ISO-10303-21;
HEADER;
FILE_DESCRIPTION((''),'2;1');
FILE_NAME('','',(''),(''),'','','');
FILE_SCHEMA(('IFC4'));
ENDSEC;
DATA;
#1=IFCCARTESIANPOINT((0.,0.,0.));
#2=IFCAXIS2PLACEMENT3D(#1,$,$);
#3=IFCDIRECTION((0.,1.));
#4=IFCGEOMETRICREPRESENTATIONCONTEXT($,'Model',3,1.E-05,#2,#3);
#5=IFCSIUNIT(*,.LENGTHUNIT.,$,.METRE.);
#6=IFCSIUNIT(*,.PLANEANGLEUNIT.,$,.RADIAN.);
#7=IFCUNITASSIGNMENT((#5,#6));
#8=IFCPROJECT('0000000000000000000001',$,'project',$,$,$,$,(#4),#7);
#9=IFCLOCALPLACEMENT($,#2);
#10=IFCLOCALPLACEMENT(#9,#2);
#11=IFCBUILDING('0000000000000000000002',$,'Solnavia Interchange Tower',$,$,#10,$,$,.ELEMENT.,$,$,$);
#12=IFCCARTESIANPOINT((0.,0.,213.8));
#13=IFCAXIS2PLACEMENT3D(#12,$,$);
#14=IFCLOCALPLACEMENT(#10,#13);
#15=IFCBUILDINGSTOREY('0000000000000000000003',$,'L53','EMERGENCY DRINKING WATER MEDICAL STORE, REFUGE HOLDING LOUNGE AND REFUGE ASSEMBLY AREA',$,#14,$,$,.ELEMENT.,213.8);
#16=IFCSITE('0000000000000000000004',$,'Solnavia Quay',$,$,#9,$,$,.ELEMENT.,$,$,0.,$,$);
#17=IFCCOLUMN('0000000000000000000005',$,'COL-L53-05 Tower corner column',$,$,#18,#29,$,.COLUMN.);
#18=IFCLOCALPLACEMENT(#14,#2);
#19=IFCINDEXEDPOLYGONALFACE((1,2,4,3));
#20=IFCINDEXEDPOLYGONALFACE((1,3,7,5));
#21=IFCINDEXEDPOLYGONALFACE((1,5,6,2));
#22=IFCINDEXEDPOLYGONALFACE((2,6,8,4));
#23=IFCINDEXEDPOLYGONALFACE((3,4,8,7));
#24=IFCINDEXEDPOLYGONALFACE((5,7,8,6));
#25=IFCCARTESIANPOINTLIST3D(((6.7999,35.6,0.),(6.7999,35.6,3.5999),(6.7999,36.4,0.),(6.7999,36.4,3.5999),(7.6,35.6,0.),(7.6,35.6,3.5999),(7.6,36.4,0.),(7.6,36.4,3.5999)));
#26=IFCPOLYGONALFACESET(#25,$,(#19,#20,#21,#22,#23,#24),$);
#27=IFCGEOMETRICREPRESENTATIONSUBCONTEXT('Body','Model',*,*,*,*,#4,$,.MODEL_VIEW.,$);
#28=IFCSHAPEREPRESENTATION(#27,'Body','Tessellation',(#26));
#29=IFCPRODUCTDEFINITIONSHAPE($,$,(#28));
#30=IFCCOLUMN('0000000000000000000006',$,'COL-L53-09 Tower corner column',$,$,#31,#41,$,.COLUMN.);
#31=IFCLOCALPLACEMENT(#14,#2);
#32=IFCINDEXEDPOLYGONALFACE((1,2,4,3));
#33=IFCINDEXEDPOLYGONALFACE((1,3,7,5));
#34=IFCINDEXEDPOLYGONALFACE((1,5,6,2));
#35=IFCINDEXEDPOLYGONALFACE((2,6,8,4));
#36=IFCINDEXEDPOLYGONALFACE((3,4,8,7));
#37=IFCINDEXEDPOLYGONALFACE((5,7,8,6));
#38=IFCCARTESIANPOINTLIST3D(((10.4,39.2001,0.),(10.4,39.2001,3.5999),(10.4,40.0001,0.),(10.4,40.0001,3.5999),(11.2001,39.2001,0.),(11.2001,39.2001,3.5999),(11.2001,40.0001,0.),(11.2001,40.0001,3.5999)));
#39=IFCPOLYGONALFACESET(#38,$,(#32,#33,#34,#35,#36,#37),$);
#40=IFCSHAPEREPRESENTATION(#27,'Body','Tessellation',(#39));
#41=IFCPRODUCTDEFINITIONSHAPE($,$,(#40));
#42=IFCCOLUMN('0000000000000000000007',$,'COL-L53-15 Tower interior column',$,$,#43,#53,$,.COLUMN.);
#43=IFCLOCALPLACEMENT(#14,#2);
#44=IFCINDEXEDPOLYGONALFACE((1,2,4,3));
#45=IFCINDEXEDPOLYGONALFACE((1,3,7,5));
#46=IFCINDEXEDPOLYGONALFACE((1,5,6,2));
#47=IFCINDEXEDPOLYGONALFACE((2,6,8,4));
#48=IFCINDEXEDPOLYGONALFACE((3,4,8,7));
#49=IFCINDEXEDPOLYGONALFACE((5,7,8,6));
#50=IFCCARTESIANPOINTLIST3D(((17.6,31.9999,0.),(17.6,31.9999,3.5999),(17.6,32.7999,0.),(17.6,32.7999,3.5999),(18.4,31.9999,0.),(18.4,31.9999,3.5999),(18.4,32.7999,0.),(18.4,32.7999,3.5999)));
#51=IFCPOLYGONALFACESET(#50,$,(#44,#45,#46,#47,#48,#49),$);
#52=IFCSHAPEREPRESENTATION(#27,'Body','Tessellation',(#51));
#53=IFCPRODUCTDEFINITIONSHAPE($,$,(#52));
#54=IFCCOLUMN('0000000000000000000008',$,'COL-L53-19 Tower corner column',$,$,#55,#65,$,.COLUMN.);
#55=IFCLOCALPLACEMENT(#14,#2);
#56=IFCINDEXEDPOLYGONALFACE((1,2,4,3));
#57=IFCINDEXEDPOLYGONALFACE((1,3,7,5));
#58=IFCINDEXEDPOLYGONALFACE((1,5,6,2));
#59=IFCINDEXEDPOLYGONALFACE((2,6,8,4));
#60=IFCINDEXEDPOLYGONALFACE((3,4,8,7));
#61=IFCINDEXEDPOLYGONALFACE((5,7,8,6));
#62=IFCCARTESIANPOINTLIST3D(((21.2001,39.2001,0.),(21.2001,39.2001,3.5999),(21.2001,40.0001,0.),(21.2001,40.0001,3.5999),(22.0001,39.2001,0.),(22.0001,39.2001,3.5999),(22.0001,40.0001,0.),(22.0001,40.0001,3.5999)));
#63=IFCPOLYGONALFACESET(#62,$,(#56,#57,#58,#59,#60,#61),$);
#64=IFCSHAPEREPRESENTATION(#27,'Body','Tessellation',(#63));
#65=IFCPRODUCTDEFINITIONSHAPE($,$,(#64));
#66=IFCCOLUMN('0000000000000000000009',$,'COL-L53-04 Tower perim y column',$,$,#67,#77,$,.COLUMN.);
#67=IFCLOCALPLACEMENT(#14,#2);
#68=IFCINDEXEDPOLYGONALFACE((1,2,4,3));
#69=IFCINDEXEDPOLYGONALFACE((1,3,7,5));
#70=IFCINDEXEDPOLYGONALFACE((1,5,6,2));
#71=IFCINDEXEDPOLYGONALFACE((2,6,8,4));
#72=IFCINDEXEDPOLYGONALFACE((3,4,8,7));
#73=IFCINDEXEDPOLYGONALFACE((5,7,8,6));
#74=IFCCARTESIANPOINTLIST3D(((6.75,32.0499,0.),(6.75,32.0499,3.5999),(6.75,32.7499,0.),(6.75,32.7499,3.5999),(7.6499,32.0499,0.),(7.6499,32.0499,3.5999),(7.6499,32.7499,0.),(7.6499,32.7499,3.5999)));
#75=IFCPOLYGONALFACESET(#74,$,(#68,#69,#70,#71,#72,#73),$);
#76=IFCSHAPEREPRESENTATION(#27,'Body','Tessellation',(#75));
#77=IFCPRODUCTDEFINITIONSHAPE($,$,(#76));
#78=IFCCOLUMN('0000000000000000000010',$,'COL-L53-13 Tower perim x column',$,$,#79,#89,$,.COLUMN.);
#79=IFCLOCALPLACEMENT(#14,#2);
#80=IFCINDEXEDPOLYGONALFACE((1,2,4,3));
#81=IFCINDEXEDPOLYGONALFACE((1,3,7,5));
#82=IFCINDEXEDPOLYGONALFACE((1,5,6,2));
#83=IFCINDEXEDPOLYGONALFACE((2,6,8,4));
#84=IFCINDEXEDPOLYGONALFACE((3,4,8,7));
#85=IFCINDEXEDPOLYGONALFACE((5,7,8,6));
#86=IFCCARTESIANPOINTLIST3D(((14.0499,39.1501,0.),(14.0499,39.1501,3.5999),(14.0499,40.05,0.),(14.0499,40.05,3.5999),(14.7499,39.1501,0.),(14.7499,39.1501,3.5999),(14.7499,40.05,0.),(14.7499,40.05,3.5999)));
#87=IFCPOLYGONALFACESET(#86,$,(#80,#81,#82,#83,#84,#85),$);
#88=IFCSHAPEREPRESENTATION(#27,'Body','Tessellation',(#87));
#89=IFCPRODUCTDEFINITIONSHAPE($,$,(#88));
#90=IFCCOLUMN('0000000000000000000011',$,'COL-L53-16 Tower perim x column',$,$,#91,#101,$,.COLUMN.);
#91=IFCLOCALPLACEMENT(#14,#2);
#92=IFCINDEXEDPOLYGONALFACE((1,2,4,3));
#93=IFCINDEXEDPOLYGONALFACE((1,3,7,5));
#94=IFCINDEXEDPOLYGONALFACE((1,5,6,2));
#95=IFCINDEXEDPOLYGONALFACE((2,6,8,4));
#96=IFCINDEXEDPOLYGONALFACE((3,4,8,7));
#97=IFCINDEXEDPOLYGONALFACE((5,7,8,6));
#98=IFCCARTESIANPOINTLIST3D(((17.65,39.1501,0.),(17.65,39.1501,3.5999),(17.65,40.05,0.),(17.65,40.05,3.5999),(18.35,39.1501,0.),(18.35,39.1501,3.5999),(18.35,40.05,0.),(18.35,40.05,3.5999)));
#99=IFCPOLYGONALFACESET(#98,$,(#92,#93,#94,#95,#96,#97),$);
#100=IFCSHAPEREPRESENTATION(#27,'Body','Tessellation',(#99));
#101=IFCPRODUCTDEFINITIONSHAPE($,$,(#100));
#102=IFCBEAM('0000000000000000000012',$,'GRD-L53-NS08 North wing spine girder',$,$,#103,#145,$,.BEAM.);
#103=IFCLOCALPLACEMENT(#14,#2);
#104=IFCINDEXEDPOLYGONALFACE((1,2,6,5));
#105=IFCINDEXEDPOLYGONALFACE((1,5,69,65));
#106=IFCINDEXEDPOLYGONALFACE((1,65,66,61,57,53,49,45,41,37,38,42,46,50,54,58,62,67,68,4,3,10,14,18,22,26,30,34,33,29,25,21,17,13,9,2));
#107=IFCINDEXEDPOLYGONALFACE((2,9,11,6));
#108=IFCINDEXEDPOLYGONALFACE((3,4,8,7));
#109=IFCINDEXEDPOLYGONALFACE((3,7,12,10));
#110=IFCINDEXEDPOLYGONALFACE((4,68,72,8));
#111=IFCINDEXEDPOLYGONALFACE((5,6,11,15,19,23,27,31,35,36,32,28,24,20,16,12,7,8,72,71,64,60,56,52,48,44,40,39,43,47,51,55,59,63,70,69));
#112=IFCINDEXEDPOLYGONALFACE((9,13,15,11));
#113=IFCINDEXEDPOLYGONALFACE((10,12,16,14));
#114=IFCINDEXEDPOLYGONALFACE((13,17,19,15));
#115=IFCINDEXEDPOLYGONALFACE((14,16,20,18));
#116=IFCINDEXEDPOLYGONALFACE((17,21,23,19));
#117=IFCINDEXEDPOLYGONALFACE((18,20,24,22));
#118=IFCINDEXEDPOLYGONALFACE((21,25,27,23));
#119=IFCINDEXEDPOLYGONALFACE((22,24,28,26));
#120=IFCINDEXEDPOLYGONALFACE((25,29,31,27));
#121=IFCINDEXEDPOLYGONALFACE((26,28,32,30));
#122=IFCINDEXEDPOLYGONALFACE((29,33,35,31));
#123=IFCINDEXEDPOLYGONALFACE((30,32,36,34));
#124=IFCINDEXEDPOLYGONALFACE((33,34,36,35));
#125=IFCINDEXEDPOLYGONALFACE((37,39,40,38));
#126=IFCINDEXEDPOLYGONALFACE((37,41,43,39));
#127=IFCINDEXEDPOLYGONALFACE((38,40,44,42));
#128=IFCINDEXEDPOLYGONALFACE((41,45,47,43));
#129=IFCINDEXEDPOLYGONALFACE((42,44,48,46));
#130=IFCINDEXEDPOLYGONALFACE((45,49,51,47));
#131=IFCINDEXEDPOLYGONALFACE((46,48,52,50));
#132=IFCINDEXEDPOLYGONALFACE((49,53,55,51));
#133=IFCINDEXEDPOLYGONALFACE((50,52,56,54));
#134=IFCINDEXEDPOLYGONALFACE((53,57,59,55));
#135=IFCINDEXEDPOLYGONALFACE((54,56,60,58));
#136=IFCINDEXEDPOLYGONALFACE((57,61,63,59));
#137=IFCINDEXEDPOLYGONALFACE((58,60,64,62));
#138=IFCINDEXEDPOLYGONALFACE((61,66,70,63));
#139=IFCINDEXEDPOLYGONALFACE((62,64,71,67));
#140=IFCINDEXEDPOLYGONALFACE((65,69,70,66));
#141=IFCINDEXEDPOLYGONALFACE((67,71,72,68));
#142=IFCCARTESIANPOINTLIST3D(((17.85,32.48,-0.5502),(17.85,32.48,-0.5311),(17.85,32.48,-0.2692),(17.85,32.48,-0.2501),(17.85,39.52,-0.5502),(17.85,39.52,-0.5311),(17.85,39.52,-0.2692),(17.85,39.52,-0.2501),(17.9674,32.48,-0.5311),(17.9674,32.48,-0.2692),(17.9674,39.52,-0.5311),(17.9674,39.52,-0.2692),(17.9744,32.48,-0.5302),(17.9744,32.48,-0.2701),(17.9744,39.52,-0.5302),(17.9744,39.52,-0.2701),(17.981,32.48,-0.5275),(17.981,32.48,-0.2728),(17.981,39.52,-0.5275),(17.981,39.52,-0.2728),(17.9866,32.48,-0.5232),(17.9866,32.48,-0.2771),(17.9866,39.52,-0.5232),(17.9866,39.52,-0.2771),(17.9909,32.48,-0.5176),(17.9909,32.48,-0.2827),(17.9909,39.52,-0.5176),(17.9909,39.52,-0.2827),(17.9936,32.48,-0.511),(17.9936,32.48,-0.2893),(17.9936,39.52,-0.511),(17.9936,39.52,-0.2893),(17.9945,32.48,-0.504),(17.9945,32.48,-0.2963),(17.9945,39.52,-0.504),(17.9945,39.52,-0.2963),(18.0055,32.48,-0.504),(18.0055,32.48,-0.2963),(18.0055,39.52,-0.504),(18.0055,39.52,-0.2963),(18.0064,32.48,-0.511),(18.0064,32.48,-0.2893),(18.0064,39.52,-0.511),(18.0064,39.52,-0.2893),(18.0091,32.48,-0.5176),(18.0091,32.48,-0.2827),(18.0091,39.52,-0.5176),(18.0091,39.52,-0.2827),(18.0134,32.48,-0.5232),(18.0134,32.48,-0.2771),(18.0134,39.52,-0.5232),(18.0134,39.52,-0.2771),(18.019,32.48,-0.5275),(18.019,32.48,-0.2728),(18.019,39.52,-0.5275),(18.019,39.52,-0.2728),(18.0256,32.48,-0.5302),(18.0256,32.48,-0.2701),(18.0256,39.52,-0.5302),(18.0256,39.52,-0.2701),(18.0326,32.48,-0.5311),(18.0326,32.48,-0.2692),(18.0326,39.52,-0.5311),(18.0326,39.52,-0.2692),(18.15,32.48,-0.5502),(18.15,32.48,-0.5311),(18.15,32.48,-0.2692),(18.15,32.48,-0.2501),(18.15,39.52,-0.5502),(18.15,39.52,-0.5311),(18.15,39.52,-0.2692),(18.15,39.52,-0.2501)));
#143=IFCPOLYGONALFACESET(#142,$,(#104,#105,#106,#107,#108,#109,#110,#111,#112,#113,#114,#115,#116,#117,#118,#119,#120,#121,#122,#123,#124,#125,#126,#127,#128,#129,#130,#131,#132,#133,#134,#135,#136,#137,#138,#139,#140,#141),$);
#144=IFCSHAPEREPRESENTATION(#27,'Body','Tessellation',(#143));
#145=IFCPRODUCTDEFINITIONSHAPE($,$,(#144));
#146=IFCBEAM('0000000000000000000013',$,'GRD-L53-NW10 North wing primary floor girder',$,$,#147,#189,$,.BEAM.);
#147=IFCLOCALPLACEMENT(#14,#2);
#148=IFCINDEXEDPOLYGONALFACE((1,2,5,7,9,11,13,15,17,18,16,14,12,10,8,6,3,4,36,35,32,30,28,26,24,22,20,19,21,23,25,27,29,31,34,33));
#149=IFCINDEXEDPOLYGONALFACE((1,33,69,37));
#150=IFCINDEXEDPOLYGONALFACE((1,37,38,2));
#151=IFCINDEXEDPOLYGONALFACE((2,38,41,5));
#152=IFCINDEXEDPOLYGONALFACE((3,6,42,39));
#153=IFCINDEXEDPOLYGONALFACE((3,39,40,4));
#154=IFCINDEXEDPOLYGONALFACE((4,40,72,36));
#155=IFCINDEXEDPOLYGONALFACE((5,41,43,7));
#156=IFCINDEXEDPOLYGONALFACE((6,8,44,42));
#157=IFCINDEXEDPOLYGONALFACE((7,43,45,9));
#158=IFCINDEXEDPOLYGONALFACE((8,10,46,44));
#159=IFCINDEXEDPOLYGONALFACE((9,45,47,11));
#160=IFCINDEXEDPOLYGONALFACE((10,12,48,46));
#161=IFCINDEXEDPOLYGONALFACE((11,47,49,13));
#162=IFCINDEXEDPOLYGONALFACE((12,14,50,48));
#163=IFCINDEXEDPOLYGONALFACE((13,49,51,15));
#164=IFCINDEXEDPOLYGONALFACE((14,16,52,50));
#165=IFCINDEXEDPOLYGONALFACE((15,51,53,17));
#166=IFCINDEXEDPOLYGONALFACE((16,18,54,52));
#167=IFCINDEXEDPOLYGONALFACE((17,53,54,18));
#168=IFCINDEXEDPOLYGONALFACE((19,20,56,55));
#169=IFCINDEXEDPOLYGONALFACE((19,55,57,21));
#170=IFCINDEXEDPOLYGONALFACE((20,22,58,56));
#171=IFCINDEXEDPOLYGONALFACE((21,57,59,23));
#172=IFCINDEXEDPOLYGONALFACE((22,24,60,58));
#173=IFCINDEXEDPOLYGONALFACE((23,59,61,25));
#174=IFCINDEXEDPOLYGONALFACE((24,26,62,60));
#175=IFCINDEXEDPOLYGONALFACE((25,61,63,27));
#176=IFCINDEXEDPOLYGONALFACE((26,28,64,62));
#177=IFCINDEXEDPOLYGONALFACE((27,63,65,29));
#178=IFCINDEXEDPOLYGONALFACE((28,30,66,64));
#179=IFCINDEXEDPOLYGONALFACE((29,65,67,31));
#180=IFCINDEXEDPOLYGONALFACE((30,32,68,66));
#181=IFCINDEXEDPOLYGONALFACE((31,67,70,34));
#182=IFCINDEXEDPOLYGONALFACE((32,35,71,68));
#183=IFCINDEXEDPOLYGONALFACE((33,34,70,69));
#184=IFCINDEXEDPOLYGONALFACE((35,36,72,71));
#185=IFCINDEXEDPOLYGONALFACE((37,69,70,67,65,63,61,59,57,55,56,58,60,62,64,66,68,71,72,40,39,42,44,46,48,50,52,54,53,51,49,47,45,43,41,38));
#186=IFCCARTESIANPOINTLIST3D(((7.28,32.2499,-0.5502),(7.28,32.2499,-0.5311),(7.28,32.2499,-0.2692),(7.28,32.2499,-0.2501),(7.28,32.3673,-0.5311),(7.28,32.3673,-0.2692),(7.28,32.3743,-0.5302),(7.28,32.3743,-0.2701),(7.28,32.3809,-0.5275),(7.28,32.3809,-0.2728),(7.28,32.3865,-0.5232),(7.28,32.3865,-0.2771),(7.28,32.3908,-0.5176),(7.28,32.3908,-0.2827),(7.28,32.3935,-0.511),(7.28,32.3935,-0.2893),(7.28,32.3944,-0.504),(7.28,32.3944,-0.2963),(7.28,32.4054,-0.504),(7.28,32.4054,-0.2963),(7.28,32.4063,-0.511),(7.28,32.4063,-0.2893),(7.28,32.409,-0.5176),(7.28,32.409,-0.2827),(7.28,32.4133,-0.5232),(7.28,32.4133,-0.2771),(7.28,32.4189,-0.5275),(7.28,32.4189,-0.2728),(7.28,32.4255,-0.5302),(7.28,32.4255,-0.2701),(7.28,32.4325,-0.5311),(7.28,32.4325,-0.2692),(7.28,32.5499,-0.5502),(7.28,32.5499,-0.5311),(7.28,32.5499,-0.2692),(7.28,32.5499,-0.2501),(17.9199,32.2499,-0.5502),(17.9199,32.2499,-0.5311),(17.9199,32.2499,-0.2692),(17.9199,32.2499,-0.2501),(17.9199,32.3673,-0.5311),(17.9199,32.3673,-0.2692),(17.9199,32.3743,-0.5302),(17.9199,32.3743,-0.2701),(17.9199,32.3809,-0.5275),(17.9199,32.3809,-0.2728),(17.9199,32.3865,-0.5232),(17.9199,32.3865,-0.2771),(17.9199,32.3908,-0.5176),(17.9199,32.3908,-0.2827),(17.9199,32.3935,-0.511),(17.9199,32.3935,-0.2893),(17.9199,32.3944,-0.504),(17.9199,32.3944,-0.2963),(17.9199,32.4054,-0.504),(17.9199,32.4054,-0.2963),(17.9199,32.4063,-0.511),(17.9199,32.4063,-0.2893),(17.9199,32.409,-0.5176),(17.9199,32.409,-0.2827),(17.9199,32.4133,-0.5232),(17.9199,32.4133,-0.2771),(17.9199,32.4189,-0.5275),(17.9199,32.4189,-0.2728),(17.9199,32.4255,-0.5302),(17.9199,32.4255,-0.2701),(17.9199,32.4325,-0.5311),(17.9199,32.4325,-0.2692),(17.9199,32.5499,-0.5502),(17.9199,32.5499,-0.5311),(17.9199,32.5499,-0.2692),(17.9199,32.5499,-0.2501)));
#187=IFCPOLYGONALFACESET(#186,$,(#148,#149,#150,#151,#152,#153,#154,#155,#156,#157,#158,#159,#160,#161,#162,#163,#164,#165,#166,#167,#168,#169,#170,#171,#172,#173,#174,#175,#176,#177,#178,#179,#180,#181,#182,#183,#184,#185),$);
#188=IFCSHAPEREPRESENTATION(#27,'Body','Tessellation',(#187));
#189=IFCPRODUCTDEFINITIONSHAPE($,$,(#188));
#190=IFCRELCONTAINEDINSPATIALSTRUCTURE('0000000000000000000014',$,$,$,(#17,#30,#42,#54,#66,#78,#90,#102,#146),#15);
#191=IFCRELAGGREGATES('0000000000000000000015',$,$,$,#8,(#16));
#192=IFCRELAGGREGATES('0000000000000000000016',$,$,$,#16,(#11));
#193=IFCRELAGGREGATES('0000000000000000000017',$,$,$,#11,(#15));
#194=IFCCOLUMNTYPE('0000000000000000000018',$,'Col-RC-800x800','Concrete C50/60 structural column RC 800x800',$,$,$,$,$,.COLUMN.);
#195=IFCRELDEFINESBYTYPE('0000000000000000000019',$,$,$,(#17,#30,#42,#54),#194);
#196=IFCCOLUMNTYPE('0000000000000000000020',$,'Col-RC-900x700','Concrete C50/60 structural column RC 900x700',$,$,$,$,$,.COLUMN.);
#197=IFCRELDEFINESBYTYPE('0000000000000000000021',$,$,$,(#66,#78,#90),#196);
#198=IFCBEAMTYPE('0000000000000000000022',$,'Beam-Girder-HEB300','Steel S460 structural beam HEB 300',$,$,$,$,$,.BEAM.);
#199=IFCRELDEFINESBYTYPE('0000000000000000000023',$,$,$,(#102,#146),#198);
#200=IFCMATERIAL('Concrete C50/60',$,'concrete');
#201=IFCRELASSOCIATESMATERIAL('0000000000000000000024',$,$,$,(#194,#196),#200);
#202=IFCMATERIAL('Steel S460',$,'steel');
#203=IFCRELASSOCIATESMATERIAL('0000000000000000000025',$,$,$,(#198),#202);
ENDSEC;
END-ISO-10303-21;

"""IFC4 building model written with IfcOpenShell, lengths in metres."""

from ifc_helpers import new_model, si_unit, direction, frame, origin, origin_2d, place, context, subcontext, project, spatial, rectangle, i_section, extrude, material, material_profile, profile_set, type_object, element, save


model = new_model("IFC4")

# Units and contexts
model_context = context("Model", 3, precision=1e-05, world=origin(), true_north=direction((0.0, 1.0)))
body_context = subcontext(model_context, "Body", "Model", "MODEL_VIEW")
ifc_project = project(units=[si_unit("LENGTHUNIT", "METRE"), si_unit("PLANEANGLEUNIT", "RADIAN")], contexts=[model_context])

# Site, building, storey
site_placement = place(None, origin())
site = spatial("IfcSite", under=ifc_project, at=site_placement, Name="Solnavia Quay", CompositionType="ELEMENT", RefElevation=0.0)
building_placement = place(site_placement, origin())
building = spatial("IfcBuilding", under=site, at=building_placement, Name="Solnavia Interchange Tower", CompositionType="ELEMENT")
storey_placement = place(building_placement, frame((0.0, 0.0, 213.8)))
storey = spatial("IfcBuildingStorey", under=building, at=storey_placement, Name="L53", Description="EMERGENCY DRINKING WATER MEDICAL STORE, REFUGE HOLDING LOUNGE AND REFUGE ASSEMBLY AREA", CompositionType="ELEMENT", Elevation=213.8)

# Columns
ifc_material_1 = material(Name="Concrete C50/60", Category="concrete")
ifc_material_profile_1 = material_profile(ifc_material_1, rectangle(XDim=0.8, YDim=0.8, at=origin_2d()), Name="RC 800x800")
ifc_profile_set_1 = profile_set([ifc_material_profile_1], Name="Concrete C50/60")
column_type_1 = type_object("IfcColumnType", Name="Col-RC-800x800", Description="Concrete C50/60 structural column RC 800x800", PredefinedType="COLUMN", material=ifc_profile_set_1)
for number, where, z_axis, x_axis, name in (
    (1, (7.2, 36.0, 0.0), (0.0, 0.0, 1.0), (0.0, 1.0, 0.0), "COL-L53-05 Tower corner column"),
    (2, (10.8, 39.6001, 0.0), (0.0, 0.0, 1.0), (1.0, 0.0, 0.0), "COL-L53-09 Tower corner column"),
    (3, (18.0, 32.3999, 0.0), (0.0, 0.0, 1.0), (1.0, 0.0, 0.0), "COL-L53-15 Tower interior column"),
    (4, (21.6001, 39.6001, 0.0), (0.0, 0.0, 1.0), (1.0, 0.0, 0.0), "COL-L53-19 Tower corner column"),
):
    element("IfcColumn", number, at=place(storey_placement, frame(where, z_axis=z_axis, x_axis=x_axis)), inside=storey, type_object=column_type_1, Name=name, PredefinedType="COLUMN", context=body_context, shape_type="SweptSolid", body=[
        extrude(rectangle(XDim=0.8, YDim=0.8, at=origin_2d()), origin(), (0.0, 0.0, 1.0), 3.5999),
    ])
ifc_material_profile_2 = material_profile(ifc_material_1, rectangle(XDim=0.7, YDim=0.8999, at=origin_2d()), Name="RC 900x700")
ifc_profile_set_2 = profile_set([ifc_material_profile_2], Name="Concrete C50/60")
column_type_2 = type_object("IfcColumnType", Name="Col-RC-900x700", Description="Concrete C50/60 structural column RC 900x700", PredefinedType="COLUMN", material=ifc_profile_set_2)
for number, where, z_axis, x_axis, name in (
    (5, (7.2, 32.3999, 0.0), (0.0, 0.0, 1.0), (0.0, 1.0, 0.0), "COL-L53-04 Tower perim y column"),
    (6, (14.3999, 39.6001, 0.0), (0.0, 0.0, 1.0), (1.0, 0.0, 0.0), "COL-L53-13 Tower perim x column"),
    (7, (18.0, 39.6001, 0.0), (0.0, 0.0, 1.0), (1.0, 0.0, 0.0), "COL-L53-16 Tower perim x column"),
):
    element("IfcColumn", number, at=place(storey_placement, frame(where, z_axis=z_axis, x_axis=x_axis)), inside=storey, type_object=column_type_2, Name=name, PredefinedType="COLUMN", context=body_context, shape_type="SweptSolid", body=[
        extrude(rectangle(XDim=0.7, YDim=0.8999, at=origin_2d()), origin(), (0.0, 0.0, 1.0), 3.5999),
    ])

# Beams
ifc_material_2 = material(Name="Steel S460", Category="steel")
ifc_material_profile_3 = material_profile(ifc_material_2, i_section(OverallWidth=0.3, OverallDepth=0.3, WebThickness=0.011, FlangeThickness=0.019, FilletRadius=0.0271, at=origin_2d()), Name="HEB 300")
ifc_profile_set_3 = profile_set([ifc_material_profile_3], Name="Steel S460")
beam_type_1 = type_object("IfcBeamType", Name="Beam-Girder-HEB300", Description="Steel S460 structural beam HEB 300", PredefinedType="BEAM", material=ifc_profile_set_3)
beam_1_placement = place(storey_placement, frame((18.0, 32.48, -0.4001), z_axis=(0.0, 1.0, 0.0), x_axis=(-1.0, 0.0, 0.0)))
element("IfcBeam", 8, at=beam_1_placement, inside=storey, type_object=beam_type_1, Name="GRD-L53-NS08 North wing spine girder", PredefinedType="BEAM", context=body_context, shape_type="SweptSolid", body=[
    extrude(i_section(OverallWidth=0.3, OverallDepth=0.3, WebThickness=0.011, FlangeThickness=0.019, FilletRadius=0.0271, at=origin_2d()), origin(), (0.0, 0.0, 1.0), 7.04),
])
beam_2_placement = place(storey_placement, frame((7.28, 32.3999, -0.4001), z_axis=(1.0, 0.0, 0.0), x_axis=(0.0, 1.0, 0.0)))
element("IfcBeam", 9, at=beam_2_placement, inside=storey, type_object=beam_type_1, Name="GRD-L53-NW10 North wing primary floor girder", PredefinedType="BEAM", context=body_context, shape_type="SweptSolid", body=[
    extrude(i_section(OverallWidth=0.3, OverallDepth=0.3, WebThickness=0.011, FlangeThickness=0.019, FilletRadius=0.0271, at=origin_2d()), origin(), (0.0, 0.0, 1.0), 10.6399),
])

save(model, "model.ifc")
